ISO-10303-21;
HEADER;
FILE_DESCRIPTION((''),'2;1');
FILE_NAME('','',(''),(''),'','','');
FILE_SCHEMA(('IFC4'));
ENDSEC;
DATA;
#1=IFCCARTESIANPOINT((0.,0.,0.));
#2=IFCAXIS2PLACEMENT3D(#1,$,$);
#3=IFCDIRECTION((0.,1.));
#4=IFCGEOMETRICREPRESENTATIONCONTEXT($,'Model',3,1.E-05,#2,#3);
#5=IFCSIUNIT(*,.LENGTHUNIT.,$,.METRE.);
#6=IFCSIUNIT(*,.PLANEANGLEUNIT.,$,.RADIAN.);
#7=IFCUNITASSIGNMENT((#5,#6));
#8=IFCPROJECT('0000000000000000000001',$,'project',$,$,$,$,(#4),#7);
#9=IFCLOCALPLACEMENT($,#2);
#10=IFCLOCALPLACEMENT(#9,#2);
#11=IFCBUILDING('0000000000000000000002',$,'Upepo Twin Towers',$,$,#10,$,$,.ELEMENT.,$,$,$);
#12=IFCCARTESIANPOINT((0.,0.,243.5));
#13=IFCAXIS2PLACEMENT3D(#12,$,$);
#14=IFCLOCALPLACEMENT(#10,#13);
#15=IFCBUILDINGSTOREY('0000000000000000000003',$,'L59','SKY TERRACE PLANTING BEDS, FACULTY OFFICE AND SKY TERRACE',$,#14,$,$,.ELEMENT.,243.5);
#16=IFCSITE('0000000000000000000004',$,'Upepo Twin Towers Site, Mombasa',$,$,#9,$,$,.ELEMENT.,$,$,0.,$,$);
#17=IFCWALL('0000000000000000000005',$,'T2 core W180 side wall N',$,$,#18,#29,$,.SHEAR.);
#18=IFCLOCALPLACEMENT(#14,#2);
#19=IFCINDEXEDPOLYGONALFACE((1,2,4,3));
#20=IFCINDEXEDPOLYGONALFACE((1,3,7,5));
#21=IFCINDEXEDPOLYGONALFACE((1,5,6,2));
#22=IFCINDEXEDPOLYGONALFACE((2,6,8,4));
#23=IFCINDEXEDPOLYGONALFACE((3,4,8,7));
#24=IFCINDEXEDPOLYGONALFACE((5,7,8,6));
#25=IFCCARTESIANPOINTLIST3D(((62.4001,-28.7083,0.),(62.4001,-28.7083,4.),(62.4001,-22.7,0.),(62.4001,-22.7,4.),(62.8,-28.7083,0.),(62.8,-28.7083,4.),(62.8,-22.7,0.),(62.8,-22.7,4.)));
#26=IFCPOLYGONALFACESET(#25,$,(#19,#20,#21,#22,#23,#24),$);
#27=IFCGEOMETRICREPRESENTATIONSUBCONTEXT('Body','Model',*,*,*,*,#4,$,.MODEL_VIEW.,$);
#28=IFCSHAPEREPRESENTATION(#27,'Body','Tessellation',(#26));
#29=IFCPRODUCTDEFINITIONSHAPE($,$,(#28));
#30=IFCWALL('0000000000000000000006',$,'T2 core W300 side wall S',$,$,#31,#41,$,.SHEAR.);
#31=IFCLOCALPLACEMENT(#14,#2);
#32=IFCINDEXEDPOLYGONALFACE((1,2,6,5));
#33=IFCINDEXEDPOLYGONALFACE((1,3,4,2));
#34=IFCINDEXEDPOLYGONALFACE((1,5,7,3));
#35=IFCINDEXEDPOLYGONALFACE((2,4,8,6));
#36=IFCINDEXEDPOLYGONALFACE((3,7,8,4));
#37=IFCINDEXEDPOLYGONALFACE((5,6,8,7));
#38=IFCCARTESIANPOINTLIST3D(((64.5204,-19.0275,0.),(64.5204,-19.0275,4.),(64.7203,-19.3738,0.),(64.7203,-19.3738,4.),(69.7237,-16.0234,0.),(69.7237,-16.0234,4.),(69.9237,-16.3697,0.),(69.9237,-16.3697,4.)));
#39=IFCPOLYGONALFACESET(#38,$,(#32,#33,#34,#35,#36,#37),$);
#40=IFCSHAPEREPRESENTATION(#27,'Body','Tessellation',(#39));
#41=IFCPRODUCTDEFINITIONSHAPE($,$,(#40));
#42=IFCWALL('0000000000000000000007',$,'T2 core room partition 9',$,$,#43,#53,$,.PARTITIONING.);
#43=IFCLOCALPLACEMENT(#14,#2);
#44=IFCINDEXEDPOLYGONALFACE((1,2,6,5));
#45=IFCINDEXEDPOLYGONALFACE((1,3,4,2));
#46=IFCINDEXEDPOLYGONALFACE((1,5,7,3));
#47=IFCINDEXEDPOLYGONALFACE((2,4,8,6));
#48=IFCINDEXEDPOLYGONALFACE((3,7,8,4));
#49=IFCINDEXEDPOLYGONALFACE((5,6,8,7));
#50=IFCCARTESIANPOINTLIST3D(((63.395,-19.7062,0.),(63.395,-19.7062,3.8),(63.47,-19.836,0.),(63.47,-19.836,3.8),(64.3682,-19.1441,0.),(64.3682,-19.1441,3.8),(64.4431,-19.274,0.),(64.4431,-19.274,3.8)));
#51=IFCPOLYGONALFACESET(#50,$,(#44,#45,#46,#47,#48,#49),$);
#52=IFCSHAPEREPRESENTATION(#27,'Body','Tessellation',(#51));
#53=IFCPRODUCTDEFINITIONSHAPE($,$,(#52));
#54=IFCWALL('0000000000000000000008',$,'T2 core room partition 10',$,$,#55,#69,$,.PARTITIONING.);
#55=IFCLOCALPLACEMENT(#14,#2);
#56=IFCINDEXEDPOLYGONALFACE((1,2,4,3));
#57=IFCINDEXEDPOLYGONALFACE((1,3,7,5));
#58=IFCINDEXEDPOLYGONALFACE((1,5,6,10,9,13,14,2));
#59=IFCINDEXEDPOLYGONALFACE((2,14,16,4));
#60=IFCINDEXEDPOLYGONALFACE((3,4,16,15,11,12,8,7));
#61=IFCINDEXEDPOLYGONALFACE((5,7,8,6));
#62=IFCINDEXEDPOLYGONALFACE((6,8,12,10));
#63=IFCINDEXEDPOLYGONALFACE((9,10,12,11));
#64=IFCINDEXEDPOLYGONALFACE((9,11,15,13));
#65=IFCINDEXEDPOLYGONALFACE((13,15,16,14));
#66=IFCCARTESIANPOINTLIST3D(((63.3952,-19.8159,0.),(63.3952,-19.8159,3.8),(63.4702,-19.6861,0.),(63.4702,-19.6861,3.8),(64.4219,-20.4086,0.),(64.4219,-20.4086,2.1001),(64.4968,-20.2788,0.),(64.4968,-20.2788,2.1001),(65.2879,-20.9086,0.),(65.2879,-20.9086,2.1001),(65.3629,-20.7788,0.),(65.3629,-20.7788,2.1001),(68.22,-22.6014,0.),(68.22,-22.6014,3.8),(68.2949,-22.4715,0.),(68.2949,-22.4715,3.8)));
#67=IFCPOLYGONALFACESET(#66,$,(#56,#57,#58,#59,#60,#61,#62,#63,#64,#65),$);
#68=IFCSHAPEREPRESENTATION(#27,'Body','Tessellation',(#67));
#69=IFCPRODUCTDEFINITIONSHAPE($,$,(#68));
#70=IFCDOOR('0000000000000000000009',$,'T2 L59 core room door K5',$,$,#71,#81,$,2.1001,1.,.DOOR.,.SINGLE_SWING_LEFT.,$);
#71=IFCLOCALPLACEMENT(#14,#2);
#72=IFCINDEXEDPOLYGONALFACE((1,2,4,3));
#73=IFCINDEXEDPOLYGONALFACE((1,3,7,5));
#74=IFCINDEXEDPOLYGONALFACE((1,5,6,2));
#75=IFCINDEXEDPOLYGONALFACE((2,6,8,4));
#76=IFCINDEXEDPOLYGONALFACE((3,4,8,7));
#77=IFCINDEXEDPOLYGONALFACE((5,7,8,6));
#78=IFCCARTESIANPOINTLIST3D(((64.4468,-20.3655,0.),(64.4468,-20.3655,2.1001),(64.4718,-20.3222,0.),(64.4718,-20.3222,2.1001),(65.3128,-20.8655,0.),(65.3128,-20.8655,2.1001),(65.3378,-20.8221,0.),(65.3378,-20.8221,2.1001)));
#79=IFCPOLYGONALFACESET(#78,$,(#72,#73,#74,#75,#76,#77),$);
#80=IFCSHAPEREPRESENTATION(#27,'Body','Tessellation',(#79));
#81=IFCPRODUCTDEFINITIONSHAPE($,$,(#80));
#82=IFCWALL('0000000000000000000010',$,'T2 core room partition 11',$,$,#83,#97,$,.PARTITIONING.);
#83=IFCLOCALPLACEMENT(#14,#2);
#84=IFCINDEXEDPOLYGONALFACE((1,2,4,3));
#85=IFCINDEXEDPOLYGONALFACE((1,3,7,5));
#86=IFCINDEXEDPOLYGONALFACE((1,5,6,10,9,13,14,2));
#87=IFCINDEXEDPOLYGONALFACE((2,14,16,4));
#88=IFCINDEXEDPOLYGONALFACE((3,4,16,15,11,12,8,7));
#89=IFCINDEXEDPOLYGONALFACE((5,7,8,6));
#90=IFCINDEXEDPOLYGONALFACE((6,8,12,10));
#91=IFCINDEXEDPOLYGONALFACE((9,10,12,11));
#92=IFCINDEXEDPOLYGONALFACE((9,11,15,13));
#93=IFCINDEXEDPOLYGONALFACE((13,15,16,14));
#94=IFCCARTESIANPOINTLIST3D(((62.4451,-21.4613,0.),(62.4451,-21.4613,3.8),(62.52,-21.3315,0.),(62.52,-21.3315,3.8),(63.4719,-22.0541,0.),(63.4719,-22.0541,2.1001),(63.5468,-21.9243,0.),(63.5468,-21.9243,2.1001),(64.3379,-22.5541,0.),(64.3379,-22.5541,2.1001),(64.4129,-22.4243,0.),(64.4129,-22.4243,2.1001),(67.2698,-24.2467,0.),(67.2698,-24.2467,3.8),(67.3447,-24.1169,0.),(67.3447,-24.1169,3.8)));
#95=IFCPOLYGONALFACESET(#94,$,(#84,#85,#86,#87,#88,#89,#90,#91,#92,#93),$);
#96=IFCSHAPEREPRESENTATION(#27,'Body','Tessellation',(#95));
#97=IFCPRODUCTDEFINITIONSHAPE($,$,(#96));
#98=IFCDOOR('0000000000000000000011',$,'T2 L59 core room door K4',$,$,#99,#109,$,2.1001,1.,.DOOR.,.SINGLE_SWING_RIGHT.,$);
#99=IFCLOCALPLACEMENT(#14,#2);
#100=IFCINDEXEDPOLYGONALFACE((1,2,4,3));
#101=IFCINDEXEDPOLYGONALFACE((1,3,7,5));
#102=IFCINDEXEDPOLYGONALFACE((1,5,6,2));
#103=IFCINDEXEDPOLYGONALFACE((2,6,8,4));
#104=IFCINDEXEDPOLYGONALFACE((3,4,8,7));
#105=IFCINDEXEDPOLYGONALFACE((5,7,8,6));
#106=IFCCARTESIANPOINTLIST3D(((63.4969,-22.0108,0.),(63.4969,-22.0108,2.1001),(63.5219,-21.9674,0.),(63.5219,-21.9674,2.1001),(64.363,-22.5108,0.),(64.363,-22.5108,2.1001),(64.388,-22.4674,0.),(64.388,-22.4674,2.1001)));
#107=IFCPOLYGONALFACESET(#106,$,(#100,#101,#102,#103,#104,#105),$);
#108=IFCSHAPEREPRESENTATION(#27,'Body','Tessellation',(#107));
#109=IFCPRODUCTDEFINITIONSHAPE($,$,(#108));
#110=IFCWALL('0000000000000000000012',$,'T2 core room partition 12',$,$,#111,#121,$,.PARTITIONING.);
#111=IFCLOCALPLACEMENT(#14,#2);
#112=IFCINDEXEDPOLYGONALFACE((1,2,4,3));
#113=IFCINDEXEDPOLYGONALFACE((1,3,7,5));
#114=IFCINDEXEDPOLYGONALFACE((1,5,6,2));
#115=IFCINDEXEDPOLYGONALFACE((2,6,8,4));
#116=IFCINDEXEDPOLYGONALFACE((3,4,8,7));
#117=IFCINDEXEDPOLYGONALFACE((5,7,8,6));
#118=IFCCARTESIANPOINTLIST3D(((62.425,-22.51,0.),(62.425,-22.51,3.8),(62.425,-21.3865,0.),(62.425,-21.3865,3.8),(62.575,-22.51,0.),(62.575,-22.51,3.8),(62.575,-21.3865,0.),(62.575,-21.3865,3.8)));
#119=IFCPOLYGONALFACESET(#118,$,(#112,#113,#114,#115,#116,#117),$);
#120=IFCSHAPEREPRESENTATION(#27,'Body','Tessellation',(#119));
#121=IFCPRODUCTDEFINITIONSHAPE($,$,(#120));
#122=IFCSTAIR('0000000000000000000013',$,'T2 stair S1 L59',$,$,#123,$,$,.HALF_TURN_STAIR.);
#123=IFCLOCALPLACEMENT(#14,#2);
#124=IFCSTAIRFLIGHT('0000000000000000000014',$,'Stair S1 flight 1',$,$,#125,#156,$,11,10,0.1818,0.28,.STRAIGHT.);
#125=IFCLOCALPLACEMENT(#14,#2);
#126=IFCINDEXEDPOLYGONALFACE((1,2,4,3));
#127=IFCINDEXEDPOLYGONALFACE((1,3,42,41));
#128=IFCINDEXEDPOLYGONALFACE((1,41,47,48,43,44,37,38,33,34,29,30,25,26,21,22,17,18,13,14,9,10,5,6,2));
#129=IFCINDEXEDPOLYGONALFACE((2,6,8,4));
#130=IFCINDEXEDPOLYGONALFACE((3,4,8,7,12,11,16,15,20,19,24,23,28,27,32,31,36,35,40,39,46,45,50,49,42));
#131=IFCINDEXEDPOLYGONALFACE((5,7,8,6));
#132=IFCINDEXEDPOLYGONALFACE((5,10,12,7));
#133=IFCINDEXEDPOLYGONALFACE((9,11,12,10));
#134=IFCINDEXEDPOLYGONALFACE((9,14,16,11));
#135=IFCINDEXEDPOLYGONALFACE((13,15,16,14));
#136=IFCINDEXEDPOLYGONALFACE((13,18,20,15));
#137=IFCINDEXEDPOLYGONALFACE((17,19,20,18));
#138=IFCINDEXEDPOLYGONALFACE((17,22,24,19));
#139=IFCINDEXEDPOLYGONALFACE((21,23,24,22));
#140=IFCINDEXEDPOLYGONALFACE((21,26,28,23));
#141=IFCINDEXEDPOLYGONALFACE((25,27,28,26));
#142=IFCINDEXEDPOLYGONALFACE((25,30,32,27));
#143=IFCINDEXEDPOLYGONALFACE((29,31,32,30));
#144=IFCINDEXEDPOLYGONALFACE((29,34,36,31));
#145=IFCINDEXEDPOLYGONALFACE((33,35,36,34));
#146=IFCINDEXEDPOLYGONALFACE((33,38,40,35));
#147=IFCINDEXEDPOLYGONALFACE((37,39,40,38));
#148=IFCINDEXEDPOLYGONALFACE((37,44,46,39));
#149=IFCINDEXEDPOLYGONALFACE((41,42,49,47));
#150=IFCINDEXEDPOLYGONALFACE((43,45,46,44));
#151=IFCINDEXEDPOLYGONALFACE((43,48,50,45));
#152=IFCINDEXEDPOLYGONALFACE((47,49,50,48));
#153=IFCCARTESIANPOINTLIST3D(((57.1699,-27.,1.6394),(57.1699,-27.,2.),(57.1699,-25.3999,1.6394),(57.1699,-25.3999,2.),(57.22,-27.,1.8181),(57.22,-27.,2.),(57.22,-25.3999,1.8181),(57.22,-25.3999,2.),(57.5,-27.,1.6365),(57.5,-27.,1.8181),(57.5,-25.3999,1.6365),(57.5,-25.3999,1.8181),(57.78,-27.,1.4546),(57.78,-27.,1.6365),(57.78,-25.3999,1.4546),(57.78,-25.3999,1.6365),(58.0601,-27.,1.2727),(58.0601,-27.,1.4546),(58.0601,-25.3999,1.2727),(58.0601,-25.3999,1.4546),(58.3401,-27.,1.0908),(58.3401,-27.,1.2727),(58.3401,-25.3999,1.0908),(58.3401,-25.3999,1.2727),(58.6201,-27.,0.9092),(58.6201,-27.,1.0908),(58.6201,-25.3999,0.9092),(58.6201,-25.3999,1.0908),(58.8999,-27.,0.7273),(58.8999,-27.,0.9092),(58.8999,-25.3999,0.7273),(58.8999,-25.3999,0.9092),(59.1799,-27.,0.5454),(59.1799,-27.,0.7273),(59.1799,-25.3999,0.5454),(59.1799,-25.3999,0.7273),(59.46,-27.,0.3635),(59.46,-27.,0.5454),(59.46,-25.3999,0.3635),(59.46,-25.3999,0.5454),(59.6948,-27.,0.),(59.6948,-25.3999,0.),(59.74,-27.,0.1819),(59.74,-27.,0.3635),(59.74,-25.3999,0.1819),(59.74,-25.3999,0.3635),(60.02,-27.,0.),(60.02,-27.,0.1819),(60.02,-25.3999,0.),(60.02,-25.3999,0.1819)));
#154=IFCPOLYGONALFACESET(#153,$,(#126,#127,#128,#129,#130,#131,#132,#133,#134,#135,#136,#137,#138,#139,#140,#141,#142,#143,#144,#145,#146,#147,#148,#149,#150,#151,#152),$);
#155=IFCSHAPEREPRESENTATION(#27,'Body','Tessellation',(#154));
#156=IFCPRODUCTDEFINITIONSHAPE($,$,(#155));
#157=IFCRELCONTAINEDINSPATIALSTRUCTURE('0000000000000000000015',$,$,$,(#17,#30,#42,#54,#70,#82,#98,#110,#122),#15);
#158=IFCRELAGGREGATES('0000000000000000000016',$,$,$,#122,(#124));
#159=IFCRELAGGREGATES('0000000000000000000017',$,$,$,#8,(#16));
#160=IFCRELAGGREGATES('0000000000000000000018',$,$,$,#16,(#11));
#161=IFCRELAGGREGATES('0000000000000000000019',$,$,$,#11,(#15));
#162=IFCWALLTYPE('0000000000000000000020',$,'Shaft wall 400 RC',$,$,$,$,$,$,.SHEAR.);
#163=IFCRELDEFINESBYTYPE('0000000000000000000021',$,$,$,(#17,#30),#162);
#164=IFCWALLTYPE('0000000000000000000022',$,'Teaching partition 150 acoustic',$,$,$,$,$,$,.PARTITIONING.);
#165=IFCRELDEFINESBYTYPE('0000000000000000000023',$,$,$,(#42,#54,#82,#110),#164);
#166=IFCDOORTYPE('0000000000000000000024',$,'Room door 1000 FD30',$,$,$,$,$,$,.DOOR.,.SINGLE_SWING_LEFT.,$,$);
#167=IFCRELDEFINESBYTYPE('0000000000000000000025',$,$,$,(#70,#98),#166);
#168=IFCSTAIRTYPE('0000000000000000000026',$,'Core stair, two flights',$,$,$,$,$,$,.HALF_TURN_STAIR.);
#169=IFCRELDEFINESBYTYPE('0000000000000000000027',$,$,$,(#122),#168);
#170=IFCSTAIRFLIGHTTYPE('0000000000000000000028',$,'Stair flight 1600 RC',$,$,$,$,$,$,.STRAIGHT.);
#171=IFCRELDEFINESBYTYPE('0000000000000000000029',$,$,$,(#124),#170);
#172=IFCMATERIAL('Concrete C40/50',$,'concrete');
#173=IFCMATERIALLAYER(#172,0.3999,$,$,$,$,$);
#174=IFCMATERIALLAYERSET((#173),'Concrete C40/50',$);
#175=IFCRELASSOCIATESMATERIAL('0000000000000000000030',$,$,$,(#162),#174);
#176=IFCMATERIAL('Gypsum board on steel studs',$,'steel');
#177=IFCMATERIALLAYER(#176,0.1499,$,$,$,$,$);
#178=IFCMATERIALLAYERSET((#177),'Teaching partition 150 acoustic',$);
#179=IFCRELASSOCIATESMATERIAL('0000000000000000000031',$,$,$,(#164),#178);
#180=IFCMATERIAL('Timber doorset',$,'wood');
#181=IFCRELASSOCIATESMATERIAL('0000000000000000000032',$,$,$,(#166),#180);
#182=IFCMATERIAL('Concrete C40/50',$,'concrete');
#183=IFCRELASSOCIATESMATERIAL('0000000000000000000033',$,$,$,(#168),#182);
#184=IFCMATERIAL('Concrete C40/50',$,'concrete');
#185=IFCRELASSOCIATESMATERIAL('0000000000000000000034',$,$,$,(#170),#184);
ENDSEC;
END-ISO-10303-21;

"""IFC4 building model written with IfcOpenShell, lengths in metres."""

from ifc_helpers import new_model, si_unit, direction, frame, frame_2d, origin, place, context, subcontext, project, spatial, polyline, rectangle, outline, extrude, material, layer, layer_set, type_object, element, fill, aggregate, save


model = new_model("IFC4")

# Units and contexts
model_context = context("Model", 3, precision=1e-05, world=origin(), true_north=direction((0.0, 1.0)))
body_context = subcontext(model_context, "Body", "Model", "MODEL_VIEW")
ifc_project = project(units=[si_unit("LENGTHUNIT", "METRE"), si_unit("PLANEANGLEUNIT", "RADIAN")], contexts=[model_context])

# Site, building, storey
site_placement = place(None, origin())
site = spatial("IfcSite", under=ifc_project, at=site_placement, Name="Upepo Twin Towers Site, Mombasa", CompositionType="ELEMENT", RefElevation=0.0)
building_placement = place(site_placement, origin())
building = spatial("IfcBuilding", under=site, at=building_placement, Name="Upepo Twin Towers", CompositionType="ELEMENT")
storey_placement = place(building_placement, frame((0.0, 0.0, 243.5)))
storey = spatial("IfcBuildingStorey", under=building, at=storey_placement, Name="L59", Description="SKY TERRACE PLANTING BEDS, FACULTY OFFICE AND SKY TERRACE", CompositionType="ELEMENT", Elevation=243.5)

# Walls
ifc_material_1 = material(Name="Concrete C40/50", Category="concrete")
ifc_layer_1 = layer(ifc_material_1, 0.3999)
ifc_layer_set_1 = layer_set([ifc_layer_1], Name="Concrete C40/50")
wall_type_1 = type_object("IfcWallType", Name="Shaft wall 400 RC", PredefinedType="SHEAR", material=ifc_layer_set_1)
for number, where, z_axis, x_axis, name in (
    (1, (62.6001, -22.7, 0.0), (0.0, 0.0, 1.0), (0.0, -1.0, 0.0), "T2 core W180 side wall N"),
    (2, (64.6204, -19.2007, 0.0), (0.0, 0.0, 1.0), (0.866027, 0.499998, 0.0), "T2 core W300 side wall S"),
):
    element("IfcWall", number, at=place(storey_placement, frame(where, z_axis=z_axis, x_axis=x_axis)), inside=storey, type_object=wall_type_1, Name=name, PredefinedType="SHEAR", context=body_context, shape_type="SweptSolid", body=[
        extrude(rectangle(XDim=6.0083, YDim=0.3999, at=frame_2d((3.0042, 0.0))), origin(), (0.0, 0.0, 1.0), 4.0),
    ])
ifc_material_2 = material(Name="Gypsum board on steel studs", Category="steel")
ifc_layer_2 = layer(ifc_material_2, 0.1499)
ifc_layer_set_2 = layer_set([ifc_layer_2], Name="Teaching partition 150 acoustic")
wall_type_2 = type_object("IfcWallType", Name="Teaching partition 150 acoustic", PredefinedType="PARTITIONING", material=ifc_layer_set_2)
wall_1_placement = place(storey_placement, frame((64.4058, -19.209, 0.0), z_axis=(0.0, 0.0, 1.0), x_axis=(-0.865961, -0.500111, 0.0)))
element("IfcWall", 3, at=wall_1_placement, inside=storey, type_object=wall_type_2, Name="T2 core room partition 9", PredefinedType="PARTITIONING", context=body_context, shape_type="SweptSolid", body=[
    extrude(rectangle(XDim=1.1238, YDim=0.1499, at=frame_2d((0.562, 0.0))), origin(), (0.0, 0.0, 1.0), 3.8),
])

# Walls, openings, doors
wall_2_placement = place(storey_placement, frame((63.4326, -19.751, 0.0), z_axis=(0.0, 0.0, 1.0), x_axis=(0.866037, -0.49998, 0.0)))
wall_2 = element("IfcWall", 4, at=wall_2_placement, inside=storey, type_object=wall_type_2, Name="T2 core room partition 10", PredefinedType="PARTITIONING", context=body_context, shape_type="SweptSolid", body=[
    extrude(rectangle(XDim=5.571, YDim=0.1499, at=frame_2d((2.7856, 0.0))), origin(), (0.0, 0.0, 1.0), 3.8),
])
opening_1_placement = place(wall_2_placement, frame((1.1855, 0.0, 0.0)))
opening_1 = element("IfcOpeningElement", 5, at=opening_1_placement, cuts=wall_2, PredefinedType="OPENING", context=body_context, shape_type="SweptSolid", body=[
    extrude(rectangle(XDim=1.0, YDim=2.1001, at=frame_2d((0.5, 1.05))), frame((0.0, 0.085, 0.0), z_axis=(0.0, -1.0, 0.0), x_axis=(1.0, 0.0, 0.0)), (0.0, 0.0, 1.0), 0.1699),
])
ifc_material_3 = material(Name="Timber doorset", Category="wood")
door_type_1 = type_object("IfcDoorType", Name="Room door 1000 FD30", OperationType="SINGLE_SWING_LEFT", PredefinedType="DOOR", material=ifc_material_3)
door_1_placement = place(opening_1_placement, origin())
door_1 = element("IfcDoor", 6, at=door_1_placement, inside=storey, type_object=door_type_1, Name="T2 L59 core room door K5", OperationType="SINGLE_SWING_LEFT", OverallHeight=2.1001, OverallWidth=1.0, PredefinedType="DOOR", context=body_context, shape_type="SweptSolid", body=[
    extrude(rectangle(XDim=1.0, YDim=2.1001, at=frame_2d((0.5, 1.05))), frame((0.0, 0.0249, 0.0), z_axis=(0.0, -1.0, 0.0), x_axis=(1.0, 0.0, 0.0)), (0.0, 0.0, 1.0), 0.05),
])
fill(opening_1, door_1)
wall_3_placement = place(storey_placement, frame((67.3074, -24.1819, 0.0), z_axis=(0.0, 0.0, 1.0), x_axis=(-0.866037, 0.49998, 0.0)))
wall_3 = element("IfcWall", 7, at=wall_3_placement, inside=storey, type_object=wall_type_2, Name="T2 core room partition 11", PredefinedType="PARTITIONING", context=body_context, shape_type="SweptSolid", body=[
    extrude(rectangle(XDim=5.571, YDim=0.1499, at=frame_2d((2.7856, 0.0))), origin(), (0.0, 0.0, 1.0), 3.8),
])
opening_2_placement = place(wall_3_placement, frame((3.3855, 0.0, 0.0)))
opening_2 = element("IfcOpeningElement", 8, at=opening_2_placement, cuts=wall_3, PredefinedType="OPENING", context=body_context, shape_type="SweptSolid", body=[
    extrude(rectangle(XDim=1.0, YDim=2.1001, at=frame_2d((0.5, 1.05))), frame((0.0, 0.085, 0.0), z_axis=(0.0, -1.0, 0.0), x_axis=(1.0, 0.0, 0.0)), (0.0, 0.0, 1.0), 0.1699),
])
door_2_placement = place(opening_2_placement, origin())
door_2 = element("IfcDoor", 9, at=door_2_placement, inside=storey, type_object=door_type_1, Name="T2 L59 core room door K4", OperationType="SINGLE_SWING_RIGHT", OverallHeight=2.1001, OverallWidth=1.0, PredefinedType="DOOR", context=body_context, shape_type="SweptSolid", body=[
    extrude(rectangle(XDim=1.0, YDim=2.1001, at=frame_2d((0.5, 1.05))), frame((0.0, 0.0249, 0.0), z_axis=(0.0, -1.0, 0.0), x_axis=(1.0, 0.0, 0.0)), (0.0, 0.0, 1.0), 0.05),
])
fill(opening_2, door_2)

# Wall
wall_4_placement = place(storey_placement, frame((62.5, -21.3865, 0.0), z_axis=(0.0, 0.0, 1.0), x_axis=(0.0, -1.0, 0.0)))
element("IfcWall", 10, at=wall_4_placement, inside=storey, type_object=wall_type_2, Name="T2 core room partition 12", PredefinedType="PARTITIONING", context=body_context, shape_type="SweptSolid", body=[
    extrude(rectangle(XDim=1.1235, YDim=0.1499, at=frame_2d((0.5618, 0.0))), origin(), (0.0, 0.0, 1.0), 3.8),
])

# Stair, stair flight
ifc_material_4 = material(Name="Concrete C40/50", Category="concrete")
stair_type = type_object("IfcStairType", Name="Core stair, two flights", PredefinedType="HALF_TURN_STAIR", material=ifc_material_4)
stair_placement = place(storey_placement, origin())
stair = element("IfcStair", 11, at=stair_placement, inside=storey, type_object=stair_type, Name="T2 stair S1 L59", PredefinedType="HALF_TURN_STAIR")
ifc_material_5 = material(Name="Concrete C40/50", Category="concrete")
stair_flight_type = type_object("IfcStairFlightType", Name="Stair flight 1600 RC", PredefinedType="STRAIGHT", material=ifc_material_5)
stair_flight_placement = place(storey_placement, frame((60.02, -26.2, 0.0), z_axis=(0.0, 0.0, 1.0), x_axis=(-1.0, 0.0, 0.0)))
stair_flight = element("IfcStairFlight", 12, at=stair_flight_placement, type_object=stair_flight_type, Name="Stair S1 flight 1", NumberOfRisers=11, NumberOfTreads=10, PredefinedType="STRAIGHT", RiserHeight=0.1818, TreadLength=0.28, context=body_context, shape_type="SweptSolid", body=[
    extrude(outline(polyline([(0.0, 0.0), (0.0, 0.1819), (0.28, 0.1819), (0.28, 0.3635), (0.5601, 0.3635), (0.5601, 0.5454), (0.8401, 0.5454), (0.8401, 0.7273), (1.1201, 0.7273), (1.1201, 0.9092), (1.3999, 0.9092), (1.3999, 1.0908), (1.6799, 1.0908), (1.6799, 1.2727), (1.96, 1.2727), (1.96, 1.4546), (2.24, 1.4546), (2.24, 1.6365), (2.52, 1.6365), (2.52, 1.8181), (2.8, 1.8181), (2.8, 2.0), (2.8501, 2.0), (2.8501, 1.6394), (0.3252, 0.0), (0.0, 0.0)])), frame((0.0, 0.8, 0.0), z_axis=(0.0, -1.0, 0.0), x_axis=(1.0, 0.0, 0.0)), (0.0, 0.0, 1.0), 1.6001),
])
aggregate(stair, [stair_flight])

save(model, "model.ifc")
